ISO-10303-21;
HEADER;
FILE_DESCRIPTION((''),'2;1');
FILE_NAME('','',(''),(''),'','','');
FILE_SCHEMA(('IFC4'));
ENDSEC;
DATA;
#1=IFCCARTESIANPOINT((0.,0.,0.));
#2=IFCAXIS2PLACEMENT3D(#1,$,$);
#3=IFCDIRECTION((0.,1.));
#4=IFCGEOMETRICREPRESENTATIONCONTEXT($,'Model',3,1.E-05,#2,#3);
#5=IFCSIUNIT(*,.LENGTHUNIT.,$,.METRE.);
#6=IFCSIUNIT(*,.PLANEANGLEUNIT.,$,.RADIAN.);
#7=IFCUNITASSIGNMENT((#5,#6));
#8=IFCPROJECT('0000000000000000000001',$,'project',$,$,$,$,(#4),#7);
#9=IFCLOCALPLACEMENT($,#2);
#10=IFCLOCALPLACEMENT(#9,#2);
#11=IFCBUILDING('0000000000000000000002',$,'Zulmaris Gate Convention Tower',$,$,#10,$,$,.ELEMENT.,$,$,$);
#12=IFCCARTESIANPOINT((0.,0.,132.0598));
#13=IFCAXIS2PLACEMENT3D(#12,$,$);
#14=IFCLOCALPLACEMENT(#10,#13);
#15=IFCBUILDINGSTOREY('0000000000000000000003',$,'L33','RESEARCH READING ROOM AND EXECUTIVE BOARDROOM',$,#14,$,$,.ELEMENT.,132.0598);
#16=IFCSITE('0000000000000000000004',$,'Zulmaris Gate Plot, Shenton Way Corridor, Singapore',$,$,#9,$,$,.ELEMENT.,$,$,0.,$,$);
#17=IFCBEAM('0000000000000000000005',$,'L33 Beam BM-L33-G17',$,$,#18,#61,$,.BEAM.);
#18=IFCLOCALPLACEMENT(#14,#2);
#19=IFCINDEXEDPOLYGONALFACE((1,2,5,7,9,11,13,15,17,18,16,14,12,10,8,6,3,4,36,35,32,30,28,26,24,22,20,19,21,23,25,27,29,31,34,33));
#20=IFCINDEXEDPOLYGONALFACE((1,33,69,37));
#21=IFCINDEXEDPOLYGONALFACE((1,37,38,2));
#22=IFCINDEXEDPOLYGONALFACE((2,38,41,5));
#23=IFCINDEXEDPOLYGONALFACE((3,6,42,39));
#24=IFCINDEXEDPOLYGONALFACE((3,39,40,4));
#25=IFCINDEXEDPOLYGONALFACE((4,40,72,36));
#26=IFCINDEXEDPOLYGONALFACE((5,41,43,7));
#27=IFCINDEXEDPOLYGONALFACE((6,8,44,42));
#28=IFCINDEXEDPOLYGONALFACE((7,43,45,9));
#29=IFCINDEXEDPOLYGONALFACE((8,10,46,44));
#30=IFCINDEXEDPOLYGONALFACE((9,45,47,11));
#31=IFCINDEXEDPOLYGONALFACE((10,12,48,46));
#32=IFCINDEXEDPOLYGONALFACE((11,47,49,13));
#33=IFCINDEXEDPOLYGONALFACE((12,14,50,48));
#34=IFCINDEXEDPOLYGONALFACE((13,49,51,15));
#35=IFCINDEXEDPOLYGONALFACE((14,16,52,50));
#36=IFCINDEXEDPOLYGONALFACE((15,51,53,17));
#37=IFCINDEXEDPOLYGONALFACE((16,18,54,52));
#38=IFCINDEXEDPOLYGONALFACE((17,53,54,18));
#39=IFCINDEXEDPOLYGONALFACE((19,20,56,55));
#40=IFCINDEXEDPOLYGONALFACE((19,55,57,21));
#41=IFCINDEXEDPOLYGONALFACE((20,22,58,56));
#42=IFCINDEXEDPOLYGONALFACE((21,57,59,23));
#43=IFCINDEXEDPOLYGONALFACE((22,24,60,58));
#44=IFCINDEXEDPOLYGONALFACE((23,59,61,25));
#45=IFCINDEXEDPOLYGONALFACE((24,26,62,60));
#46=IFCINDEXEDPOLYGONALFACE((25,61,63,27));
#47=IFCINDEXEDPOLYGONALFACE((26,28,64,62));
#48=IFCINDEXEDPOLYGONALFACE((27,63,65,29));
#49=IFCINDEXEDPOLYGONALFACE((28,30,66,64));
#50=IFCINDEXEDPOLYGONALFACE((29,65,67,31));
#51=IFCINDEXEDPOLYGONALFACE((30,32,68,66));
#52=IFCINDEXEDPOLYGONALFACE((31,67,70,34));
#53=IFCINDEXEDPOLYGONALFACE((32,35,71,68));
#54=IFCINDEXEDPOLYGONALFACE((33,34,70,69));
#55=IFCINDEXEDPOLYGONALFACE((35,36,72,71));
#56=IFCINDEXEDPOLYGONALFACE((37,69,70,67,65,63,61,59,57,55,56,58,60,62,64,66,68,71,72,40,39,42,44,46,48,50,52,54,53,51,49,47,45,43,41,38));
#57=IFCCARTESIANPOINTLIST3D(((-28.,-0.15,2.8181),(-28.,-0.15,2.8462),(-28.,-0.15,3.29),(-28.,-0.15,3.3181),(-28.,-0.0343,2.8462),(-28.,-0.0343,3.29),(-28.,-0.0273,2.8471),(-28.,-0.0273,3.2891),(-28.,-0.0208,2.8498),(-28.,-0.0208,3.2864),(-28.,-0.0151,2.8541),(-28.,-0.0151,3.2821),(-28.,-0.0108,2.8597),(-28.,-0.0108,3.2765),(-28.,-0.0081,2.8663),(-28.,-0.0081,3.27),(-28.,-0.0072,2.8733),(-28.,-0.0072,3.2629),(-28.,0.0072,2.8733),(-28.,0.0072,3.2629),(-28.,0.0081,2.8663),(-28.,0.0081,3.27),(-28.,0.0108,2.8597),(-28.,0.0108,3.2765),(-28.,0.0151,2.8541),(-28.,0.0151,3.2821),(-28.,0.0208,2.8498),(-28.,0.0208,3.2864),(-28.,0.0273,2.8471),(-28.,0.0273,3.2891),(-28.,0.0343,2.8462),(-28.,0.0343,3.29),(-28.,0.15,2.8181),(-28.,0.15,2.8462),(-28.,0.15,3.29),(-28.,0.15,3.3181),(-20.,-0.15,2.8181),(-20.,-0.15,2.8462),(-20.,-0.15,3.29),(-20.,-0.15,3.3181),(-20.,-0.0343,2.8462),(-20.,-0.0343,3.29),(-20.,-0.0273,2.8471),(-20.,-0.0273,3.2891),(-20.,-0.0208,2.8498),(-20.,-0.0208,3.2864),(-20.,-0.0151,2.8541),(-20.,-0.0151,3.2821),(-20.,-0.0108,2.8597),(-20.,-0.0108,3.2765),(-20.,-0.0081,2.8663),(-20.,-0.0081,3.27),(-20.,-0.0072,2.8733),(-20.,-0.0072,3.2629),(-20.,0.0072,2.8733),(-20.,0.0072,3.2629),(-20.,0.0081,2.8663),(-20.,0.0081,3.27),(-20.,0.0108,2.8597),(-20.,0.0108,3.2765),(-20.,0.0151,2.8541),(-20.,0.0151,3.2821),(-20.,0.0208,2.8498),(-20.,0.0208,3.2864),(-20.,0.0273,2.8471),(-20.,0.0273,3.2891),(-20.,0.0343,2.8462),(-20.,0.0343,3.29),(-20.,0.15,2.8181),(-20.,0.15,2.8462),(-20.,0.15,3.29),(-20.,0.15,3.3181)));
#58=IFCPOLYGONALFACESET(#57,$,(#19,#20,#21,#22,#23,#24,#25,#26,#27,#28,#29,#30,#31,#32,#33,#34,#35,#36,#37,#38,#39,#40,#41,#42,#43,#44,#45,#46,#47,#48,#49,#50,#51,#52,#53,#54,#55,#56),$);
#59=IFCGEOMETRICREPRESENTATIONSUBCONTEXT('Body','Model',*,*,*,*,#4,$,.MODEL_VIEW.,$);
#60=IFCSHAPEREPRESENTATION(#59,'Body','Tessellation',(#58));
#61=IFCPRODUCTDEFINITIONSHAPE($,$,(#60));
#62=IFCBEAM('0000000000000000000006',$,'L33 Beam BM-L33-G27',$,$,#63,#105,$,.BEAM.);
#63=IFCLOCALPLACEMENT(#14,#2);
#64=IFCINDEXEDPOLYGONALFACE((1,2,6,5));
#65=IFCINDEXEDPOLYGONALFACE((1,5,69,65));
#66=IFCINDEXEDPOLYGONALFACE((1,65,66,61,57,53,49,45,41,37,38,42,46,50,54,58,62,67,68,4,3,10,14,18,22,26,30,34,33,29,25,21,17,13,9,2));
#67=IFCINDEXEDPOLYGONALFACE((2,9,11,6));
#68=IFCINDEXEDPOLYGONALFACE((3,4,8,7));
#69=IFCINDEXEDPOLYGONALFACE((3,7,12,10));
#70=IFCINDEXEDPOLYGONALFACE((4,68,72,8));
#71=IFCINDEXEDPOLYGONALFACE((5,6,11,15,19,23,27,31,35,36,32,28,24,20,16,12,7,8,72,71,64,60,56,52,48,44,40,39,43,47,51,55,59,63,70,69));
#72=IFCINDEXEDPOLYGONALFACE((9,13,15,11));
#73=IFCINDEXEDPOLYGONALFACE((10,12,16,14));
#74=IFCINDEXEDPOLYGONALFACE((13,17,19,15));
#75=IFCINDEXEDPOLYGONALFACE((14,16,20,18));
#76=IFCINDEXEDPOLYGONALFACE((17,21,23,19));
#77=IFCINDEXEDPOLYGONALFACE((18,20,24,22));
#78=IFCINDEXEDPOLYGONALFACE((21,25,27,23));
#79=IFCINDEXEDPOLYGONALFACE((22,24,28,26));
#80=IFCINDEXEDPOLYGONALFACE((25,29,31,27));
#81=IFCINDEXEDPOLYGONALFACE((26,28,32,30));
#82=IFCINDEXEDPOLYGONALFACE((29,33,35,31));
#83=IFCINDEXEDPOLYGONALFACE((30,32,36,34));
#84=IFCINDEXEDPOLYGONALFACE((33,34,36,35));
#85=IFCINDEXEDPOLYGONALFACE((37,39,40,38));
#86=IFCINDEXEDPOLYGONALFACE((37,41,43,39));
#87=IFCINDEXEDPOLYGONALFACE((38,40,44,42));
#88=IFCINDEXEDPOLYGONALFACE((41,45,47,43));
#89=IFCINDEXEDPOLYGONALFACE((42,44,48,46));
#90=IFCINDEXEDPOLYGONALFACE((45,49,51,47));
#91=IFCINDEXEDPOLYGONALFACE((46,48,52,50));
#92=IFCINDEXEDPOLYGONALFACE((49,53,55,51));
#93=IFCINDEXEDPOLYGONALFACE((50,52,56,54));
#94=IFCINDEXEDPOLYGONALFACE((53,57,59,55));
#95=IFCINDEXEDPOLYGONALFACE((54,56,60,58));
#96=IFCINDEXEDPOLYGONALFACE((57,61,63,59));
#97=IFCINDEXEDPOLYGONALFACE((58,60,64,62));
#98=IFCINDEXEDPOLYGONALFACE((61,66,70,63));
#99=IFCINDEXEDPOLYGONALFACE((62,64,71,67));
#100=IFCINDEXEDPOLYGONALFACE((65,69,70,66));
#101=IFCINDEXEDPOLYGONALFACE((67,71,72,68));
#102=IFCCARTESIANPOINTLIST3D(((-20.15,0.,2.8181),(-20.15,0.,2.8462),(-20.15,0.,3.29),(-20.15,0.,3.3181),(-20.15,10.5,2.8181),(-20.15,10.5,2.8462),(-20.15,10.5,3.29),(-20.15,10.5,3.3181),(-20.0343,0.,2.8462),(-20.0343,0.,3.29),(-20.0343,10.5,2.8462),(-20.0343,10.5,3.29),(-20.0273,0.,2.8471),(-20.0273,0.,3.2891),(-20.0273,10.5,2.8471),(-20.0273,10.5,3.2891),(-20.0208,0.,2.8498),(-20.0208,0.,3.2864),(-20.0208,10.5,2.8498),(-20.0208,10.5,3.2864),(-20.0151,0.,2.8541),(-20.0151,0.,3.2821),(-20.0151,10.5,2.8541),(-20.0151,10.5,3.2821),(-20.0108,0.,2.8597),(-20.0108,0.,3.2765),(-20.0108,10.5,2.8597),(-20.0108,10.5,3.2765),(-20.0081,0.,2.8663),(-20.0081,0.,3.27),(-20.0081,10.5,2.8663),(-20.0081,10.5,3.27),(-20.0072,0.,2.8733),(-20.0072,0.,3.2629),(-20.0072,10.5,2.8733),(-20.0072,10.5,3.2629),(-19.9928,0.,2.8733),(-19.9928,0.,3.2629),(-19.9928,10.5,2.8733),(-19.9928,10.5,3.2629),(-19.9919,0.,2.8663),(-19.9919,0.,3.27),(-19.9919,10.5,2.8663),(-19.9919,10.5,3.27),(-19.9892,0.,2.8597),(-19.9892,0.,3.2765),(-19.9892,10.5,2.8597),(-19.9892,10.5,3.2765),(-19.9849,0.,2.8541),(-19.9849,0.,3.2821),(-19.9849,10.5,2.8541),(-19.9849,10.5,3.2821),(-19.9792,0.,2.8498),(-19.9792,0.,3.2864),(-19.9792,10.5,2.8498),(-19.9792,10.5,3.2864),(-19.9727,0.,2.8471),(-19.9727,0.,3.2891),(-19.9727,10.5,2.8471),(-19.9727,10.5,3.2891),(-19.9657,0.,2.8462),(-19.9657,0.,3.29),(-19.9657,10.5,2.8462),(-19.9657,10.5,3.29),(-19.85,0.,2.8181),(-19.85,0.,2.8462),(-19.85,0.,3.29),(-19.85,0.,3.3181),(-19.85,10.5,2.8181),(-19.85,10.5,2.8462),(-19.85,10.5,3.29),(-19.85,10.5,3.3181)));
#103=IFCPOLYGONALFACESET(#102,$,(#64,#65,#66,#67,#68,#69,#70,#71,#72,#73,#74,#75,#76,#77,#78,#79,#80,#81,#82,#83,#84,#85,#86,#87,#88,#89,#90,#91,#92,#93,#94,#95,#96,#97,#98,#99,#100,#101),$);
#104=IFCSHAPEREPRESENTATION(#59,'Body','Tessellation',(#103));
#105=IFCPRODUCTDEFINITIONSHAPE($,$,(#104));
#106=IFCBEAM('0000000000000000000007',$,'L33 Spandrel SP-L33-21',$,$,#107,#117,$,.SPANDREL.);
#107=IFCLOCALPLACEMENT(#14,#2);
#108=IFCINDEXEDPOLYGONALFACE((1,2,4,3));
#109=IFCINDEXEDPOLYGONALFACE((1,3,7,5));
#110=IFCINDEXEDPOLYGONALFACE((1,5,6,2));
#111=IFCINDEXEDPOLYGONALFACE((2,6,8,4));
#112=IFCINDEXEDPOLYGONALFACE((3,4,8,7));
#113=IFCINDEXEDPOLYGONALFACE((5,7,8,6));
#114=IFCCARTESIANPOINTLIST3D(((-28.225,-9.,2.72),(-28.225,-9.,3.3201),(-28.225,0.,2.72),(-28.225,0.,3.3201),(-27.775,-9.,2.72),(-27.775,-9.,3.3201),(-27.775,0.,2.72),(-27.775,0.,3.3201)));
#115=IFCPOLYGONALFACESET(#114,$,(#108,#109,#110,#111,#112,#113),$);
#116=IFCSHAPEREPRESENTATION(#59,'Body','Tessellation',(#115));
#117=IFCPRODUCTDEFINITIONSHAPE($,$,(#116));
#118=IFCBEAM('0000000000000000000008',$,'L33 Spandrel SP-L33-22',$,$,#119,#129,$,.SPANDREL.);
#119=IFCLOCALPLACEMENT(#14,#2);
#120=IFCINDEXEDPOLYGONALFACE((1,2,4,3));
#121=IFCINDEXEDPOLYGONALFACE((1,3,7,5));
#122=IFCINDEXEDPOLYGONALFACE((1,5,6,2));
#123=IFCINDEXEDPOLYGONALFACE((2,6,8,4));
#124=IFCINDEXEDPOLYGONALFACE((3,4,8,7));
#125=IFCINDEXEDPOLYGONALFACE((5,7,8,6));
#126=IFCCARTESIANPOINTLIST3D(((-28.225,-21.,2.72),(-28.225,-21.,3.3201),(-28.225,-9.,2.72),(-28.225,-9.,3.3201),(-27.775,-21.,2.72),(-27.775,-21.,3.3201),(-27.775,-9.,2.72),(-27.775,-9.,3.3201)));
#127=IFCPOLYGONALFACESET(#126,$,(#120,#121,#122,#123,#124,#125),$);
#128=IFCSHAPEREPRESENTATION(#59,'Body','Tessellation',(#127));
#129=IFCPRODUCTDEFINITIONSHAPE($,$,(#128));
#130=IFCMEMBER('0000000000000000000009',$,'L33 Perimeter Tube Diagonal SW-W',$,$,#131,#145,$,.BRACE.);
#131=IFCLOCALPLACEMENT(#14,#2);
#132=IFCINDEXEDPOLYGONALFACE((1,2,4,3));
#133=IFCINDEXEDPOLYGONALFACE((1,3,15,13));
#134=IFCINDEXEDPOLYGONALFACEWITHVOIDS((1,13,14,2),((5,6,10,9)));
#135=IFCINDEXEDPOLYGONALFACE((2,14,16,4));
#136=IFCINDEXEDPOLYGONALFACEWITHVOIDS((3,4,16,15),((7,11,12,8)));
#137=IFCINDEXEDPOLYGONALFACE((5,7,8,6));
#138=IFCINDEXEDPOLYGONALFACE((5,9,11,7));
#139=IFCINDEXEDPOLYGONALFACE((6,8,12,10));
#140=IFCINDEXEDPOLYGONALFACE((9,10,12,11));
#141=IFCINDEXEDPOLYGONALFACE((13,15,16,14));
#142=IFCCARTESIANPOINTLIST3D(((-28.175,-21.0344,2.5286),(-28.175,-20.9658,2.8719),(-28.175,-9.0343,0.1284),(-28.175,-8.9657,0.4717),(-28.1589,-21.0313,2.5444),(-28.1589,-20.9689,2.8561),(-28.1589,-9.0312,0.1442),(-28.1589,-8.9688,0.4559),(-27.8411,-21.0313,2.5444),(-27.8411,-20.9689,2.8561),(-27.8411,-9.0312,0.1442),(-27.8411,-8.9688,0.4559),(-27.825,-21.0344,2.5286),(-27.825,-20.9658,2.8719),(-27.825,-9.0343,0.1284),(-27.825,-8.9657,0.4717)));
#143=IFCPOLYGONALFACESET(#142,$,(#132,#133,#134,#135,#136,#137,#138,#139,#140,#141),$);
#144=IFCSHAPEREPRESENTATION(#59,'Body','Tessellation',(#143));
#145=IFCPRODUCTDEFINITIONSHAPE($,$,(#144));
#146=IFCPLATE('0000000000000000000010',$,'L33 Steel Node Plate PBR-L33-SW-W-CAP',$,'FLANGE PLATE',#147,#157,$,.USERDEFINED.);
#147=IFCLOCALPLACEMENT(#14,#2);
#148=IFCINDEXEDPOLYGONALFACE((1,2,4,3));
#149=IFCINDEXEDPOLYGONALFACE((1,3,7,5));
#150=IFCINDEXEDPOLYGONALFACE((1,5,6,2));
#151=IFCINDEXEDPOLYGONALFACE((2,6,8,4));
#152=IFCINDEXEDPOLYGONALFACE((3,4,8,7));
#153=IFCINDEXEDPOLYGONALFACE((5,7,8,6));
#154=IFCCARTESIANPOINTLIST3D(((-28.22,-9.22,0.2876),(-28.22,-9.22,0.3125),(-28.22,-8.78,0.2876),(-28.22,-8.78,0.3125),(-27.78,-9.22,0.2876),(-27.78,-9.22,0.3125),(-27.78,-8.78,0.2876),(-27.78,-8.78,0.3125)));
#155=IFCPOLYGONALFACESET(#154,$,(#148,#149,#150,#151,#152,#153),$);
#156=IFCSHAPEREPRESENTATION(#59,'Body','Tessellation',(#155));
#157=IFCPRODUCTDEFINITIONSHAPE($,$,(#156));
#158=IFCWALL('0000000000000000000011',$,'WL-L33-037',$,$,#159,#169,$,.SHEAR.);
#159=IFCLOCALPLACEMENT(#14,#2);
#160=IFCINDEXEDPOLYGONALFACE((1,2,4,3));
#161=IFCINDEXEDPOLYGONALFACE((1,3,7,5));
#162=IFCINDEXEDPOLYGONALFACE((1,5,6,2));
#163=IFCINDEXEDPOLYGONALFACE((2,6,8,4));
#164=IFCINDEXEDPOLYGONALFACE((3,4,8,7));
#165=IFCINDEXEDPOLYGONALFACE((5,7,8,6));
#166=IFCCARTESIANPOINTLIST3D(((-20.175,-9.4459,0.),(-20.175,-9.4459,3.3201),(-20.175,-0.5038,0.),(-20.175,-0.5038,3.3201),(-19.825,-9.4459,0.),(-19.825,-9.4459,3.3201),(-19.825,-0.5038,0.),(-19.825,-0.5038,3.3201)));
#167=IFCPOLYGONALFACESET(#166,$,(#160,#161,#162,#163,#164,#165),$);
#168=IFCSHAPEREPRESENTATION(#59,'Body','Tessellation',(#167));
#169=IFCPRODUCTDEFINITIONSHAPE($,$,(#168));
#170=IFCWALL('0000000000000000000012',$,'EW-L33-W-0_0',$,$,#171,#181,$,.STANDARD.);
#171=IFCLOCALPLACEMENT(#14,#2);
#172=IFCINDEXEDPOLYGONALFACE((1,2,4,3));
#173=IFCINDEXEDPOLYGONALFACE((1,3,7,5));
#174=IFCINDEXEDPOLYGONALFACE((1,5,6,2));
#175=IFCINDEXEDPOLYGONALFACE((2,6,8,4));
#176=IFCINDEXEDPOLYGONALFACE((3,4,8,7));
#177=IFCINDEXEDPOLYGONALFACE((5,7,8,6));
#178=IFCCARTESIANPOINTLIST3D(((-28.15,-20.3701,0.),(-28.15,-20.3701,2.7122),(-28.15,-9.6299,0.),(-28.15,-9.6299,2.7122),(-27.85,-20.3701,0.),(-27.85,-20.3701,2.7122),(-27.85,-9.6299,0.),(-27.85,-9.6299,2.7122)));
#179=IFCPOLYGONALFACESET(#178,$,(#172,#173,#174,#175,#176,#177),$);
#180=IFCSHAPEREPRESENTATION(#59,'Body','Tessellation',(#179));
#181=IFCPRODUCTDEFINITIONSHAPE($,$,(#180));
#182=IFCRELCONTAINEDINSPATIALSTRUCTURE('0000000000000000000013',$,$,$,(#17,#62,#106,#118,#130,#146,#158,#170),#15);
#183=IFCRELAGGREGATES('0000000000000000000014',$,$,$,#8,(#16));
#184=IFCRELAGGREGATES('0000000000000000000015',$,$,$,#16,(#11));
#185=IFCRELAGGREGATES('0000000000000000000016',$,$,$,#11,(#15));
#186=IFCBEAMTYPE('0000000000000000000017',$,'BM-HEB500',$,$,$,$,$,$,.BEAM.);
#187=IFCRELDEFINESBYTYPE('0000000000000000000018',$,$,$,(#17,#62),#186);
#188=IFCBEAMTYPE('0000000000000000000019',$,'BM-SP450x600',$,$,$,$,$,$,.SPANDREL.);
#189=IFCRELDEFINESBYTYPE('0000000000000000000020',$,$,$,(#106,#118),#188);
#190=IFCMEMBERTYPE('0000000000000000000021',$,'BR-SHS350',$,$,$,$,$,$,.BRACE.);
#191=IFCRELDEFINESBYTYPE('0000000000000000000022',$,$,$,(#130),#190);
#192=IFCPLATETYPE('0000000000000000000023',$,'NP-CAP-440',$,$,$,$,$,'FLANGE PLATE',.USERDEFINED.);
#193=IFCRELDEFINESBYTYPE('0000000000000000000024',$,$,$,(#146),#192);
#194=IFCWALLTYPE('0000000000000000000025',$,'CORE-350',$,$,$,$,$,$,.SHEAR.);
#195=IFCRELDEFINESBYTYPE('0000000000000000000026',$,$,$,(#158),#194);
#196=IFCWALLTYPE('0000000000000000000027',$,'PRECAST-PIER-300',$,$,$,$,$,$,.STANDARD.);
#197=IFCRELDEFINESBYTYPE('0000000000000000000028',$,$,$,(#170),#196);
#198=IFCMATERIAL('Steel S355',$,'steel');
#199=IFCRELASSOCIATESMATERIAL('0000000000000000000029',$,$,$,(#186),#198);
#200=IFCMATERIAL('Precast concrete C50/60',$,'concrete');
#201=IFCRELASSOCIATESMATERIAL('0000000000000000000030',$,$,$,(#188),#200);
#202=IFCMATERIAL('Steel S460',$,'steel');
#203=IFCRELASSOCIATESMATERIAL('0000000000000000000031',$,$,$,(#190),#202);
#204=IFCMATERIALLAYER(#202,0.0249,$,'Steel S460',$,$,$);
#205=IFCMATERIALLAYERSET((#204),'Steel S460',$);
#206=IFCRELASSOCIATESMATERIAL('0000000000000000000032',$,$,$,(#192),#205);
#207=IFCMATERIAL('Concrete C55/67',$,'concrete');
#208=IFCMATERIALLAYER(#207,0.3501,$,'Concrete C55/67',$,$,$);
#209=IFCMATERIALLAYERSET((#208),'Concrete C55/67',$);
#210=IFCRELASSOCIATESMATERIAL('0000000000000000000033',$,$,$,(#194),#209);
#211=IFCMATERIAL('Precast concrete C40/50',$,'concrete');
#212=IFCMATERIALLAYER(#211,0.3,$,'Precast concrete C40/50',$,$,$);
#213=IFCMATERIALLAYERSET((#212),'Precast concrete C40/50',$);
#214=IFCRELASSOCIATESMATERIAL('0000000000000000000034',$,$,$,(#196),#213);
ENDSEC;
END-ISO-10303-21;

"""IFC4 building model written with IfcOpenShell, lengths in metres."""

from ifc_helpers import new_model, si_unit, direction, frame, frame_2d, origin, origin_2d, place, context, subcontext, project, spatial, rectangle, hollow_rectangle, i_section, extrude, material, layer, layer_set, material_profile, profile_set, type_object, element, save


model = new_model("IFC4")

# Units and contexts
model_context = context("Model", 3, precision=1e-05, world=origin(), true_north=direction((0.0, 1.0)))
body_context = subcontext(model_context, "Body", "Model", "MODEL_VIEW")
ifc_project = project(units=[si_unit("LENGTHUNIT", "METRE"), si_unit("PLANEANGLEUNIT", "RADIAN")], contexts=[model_context])

# Site, building, storey
site_placement = place(None, origin())
site = spatial("IfcSite", under=ifc_project, at=site_placement, Name="Zulmaris Gate Plot, Shenton Way Corridor, Singapore", CompositionType="ELEMENT", RefElevation=0.0)
building_placement = place(site_placement, origin())
building = spatial("IfcBuilding", under=site, at=building_placement, Name="Zulmaris Gate Convention Tower", CompositionType="ELEMENT")
storey_placement = place(building_placement, frame((0.0, 0.0, 132.0598)))
storey = spatial("IfcBuildingStorey", under=building, at=storey_placement, Name="L33", Description="RESEARCH READING ROOM AND EXECUTIVE BOARDROOM", CompositionType="ELEMENT", Elevation=132.0598)

# Beams
ifc_material_1 = material(Name="Steel S355", Category="steel")
ifc_material_profile_1 = material_profile(ifc_material_1, i_section(OverallWidth=0.3, OverallDepth=0.5, WebThickness=0.0144, FlangeThickness=0.0281, FilletRadius=0.0271, at=origin_2d()), Name="HEB 500")
ifc_profile_set_1 = profile_set([ifc_material_profile_1], Name="Steel S355")
beam_type_1 = type_object("IfcBeamType", Name="BM-HEB500", PredefinedType="BEAM", material=ifc_profile_set_1)
for number, where, z_axis, x_axis, name in (
    (1, (-28.0, 0.0, 3.0681), (1.0, 0.0, 0.0), (0.0, 1.0, 0.0), "L33 Beam BM-L33-G17"),
):
    element("IfcBeam", number, at=place(storey_placement, frame(where, z_axis=z_axis, x_axis=x_axis)), inside=storey, type_object=beam_type_1, Name=name, PredefinedType="BEAM", context=body_context, shape_type="SweptSolid", body=[
        extrude(i_section(OverallWidth=0.3, OverallDepth=0.5, WebThickness=0.0144, FlangeThickness=0.0281, FilletRadius=0.0271, at=origin_2d()), origin(), (0.0, 0.0, 1.0), 8.0),
    ])
beam_1_placement = place(storey_placement, frame((-20.0, 0.0, 3.0681), z_axis=(0.0, 1.0, 0.0), x_axis=(-1.0, 0.0, 0.0)))
element("IfcBeam", 2, at=beam_1_placement, inside=storey, type_object=beam_type_1, Name="L33 Beam BM-L33-G27", PredefinedType="BEAM", context=body_context, shape_type="SweptSolid", body=[
    extrude(i_section(OverallWidth=0.3, OverallDepth=0.5, WebThickness=0.0144, FlangeThickness=0.0281, FilletRadius=0.0271, at=origin_2d()), origin(), (0.0, 0.0, 1.0), 10.5),
])
ifc_material_2 = material(Name="Precast concrete C50/60", Category="concrete")
ifc_material_profile_2 = material_profile(ifc_material_2, rectangle(XDim=0.45, YDim=0.6001, at=origin_2d()), Name="RC SPANDREL 450x600")
ifc_profile_set_2 = profile_set([ifc_material_profile_2], Name="Precast concrete C50/60")
beam_type_2 = type_object("IfcBeamType", Name="BM-SP450x600", PredefinedType="SPANDREL", material=ifc_profile_set_2)
beam_2_placement = place(storey_placement, frame((-28.0, 0.0, 3.02), z_axis=(0.0, -1.0, 0.0), x_axis=(1.0, 0.0, 0.0)))
element("IfcBeam", 3, at=beam_2_placement, inside=storey, type_object=beam_type_2, Name="L33 Spandrel SP-L33-21", PredefinedType="SPANDREL", context=body_context, shape_type="SweptSolid", body=[
    extrude(rectangle(XDim=0.45, YDim=0.6001, at=origin_2d()), origin(), (0.0, 0.0, 1.0), 9.0),
])
beam_3_placement = place(storey_placement, frame((-28.0, -9.0, 3.02), z_axis=(0.0, -1.0, 0.0), x_axis=(1.0, 0.0, 0.0)))
element("IfcBeam", 4, at=beam_3_placement, inside=storey, type_object=beam_type_2, Name="L33 Spandrel SP-L33-22", PredefinedType="SPANDREL", context=body_context, shape_type="SweptSolid", body=[
    extrude(rectangle(XDim=0.45, YDim=0.6001, at=origin_2d()), origin(), (0.0, 0.0, 1.0), 12.0),
])

# Member
ifc_material_3 = material(Name="Steel S460", Category="steel")
ifc_material_profile_3 = material_profile(ifc_material_3, hollow_rectangle(XDim=0.3501, YDim=0.3501, WallThickness=0.0161, at=origin_2d()), Name="SHS 350x350x16")
ifc_profile_set_3 = profile_set([ifc_material_profile_3], Name="Steel S460")
member_type = type_object("IfcMemberType", Name="BR-SHS350", PredefinedType="BRACE", material=ifc_profile_set_3)
member_placement = place(storey_placement, frame((-28.0, -9.0, 0.3), z_axis=(0.0, -0.980578, 0.196128), x_axis=(1.0, 0.0, 0.0)))
element("IfcMember", 5, at=member_placement, inside=storey, type_object=member_type, Name="L33 Perimeter Tube Diagonal SW-W", PredefinedType="BRACE", context=body_context, shape_type="SweptSolid", body=[
    extrude(hollow_rectangle(XDim=0.3501, YDim=0.3501, WallThickness=0.0161, at=origin_2d()), origin(), (0.0, 0.0, 1.0), 12.2378),
])

# Plate
ifc_layer_1 = layer(ifc_material_3, 0.0249, Name="Steel S460")
ifc_layer_set_1 = layer_set([ifc_layer_1], Name="Steel S460")
plate_type = type_object("IfcPlateType", Name="NP-CAP-440", ElementType="FLANGE PLATE", PredefinedType="USERDEFINED", material=ifc_layer_set_1)
plate_placement = place(storey_placement, frame((-28.0, -9.0, 0.2876), z_axis=(0.0, 0.0, 1.0), x_axis=(1.0, 0.0, 0.0)))
element("IfcPlate", 6, at=plate_placement, inside=storey, type_object=plate_type, Name="L33 Steel Node Plate PBR-L33-SW-W-CAP", ObjectType="FLANGE PLATE", PredefinedType="USERDEFINED", context=body_context, shape_type="SweptSolid", body=[
    extrude(rectangle(XDim=0.4399, YDim=0.4399, at=origin_2d()), origin(), (0.0, 0.0, 1.0), 0.0249),
])

# Walls
ifc_material_4 = material(Name="Concrete C55/67", Category="concrete")
ifc_layer_2 = layer(ifc_material_4, 0.3501, Name="Concrete C55/67")
ifc_layer_set_2 = layer_set([ifc_layer_2], Name="Concrete C55/67")
wall_type_1 = type_object("IfcWallType", Name="CORE-350", PredefinedType="SHEAR", material=ifc_layer_set_2)
wall_1_placement = place(storey_placement, frame((-20.0, -9.446, 0.0), z_axis=(0.0, 0.0, 1.0), x_axis=(0.0, 1.0, 0.0)))
element("IfcWall", 7, at=wall_1_placement, inside=storey, type_object=wall_type_1, Name="WL-L33-037", PredefinedType="SHEAR", context=body_context, shape_type="SweptSolid", body=[
    extrude(rectangle(XDim=8.9421, YDim=0.3501, at=frame_2d((4.4712, 0.0))), origin(), (0.0, 0.0, 1.0), 3.3201),
])
ifc_material_5 = material(Name="Precast concrete C40/50", Category="concrete")
ifc_layer_3 = layer(ifc_material_5, 0.3, Name="Precast concrete C40/50")
ifc_layer_set_3 = layer_set([ifc_layer_3], Name="Precast concrete C40/50")
wall_type_2 = type_object("IfcWallType", Name="PRECAST-PIER-300", PredefinedType="STANDARD", material=ifc_layer_set_3)
wall_2_placement = place(storey_placement, frame((-28.0, -9.6299, 0.0), z_axis=(0.0, 0.0, 1.0), x_axis=(0.0, -1.0, 0.0)))
element("IfcWall", 8, at=wall_2_placement, inside=storey, type_object=wall_type_2, Name="EW-L33-W-0_0", PredefinedType="STANDARD", context=body_context, shape_type="SweptSolid", body=[
    extrude(rectangle(XDim=10.7402, YDim=0.3, at=frame_2d((5.3701, 0.0))), origin(), (0.0, 0.0, 1.0), 2.7122),
])

save(model, "model.ifc")
